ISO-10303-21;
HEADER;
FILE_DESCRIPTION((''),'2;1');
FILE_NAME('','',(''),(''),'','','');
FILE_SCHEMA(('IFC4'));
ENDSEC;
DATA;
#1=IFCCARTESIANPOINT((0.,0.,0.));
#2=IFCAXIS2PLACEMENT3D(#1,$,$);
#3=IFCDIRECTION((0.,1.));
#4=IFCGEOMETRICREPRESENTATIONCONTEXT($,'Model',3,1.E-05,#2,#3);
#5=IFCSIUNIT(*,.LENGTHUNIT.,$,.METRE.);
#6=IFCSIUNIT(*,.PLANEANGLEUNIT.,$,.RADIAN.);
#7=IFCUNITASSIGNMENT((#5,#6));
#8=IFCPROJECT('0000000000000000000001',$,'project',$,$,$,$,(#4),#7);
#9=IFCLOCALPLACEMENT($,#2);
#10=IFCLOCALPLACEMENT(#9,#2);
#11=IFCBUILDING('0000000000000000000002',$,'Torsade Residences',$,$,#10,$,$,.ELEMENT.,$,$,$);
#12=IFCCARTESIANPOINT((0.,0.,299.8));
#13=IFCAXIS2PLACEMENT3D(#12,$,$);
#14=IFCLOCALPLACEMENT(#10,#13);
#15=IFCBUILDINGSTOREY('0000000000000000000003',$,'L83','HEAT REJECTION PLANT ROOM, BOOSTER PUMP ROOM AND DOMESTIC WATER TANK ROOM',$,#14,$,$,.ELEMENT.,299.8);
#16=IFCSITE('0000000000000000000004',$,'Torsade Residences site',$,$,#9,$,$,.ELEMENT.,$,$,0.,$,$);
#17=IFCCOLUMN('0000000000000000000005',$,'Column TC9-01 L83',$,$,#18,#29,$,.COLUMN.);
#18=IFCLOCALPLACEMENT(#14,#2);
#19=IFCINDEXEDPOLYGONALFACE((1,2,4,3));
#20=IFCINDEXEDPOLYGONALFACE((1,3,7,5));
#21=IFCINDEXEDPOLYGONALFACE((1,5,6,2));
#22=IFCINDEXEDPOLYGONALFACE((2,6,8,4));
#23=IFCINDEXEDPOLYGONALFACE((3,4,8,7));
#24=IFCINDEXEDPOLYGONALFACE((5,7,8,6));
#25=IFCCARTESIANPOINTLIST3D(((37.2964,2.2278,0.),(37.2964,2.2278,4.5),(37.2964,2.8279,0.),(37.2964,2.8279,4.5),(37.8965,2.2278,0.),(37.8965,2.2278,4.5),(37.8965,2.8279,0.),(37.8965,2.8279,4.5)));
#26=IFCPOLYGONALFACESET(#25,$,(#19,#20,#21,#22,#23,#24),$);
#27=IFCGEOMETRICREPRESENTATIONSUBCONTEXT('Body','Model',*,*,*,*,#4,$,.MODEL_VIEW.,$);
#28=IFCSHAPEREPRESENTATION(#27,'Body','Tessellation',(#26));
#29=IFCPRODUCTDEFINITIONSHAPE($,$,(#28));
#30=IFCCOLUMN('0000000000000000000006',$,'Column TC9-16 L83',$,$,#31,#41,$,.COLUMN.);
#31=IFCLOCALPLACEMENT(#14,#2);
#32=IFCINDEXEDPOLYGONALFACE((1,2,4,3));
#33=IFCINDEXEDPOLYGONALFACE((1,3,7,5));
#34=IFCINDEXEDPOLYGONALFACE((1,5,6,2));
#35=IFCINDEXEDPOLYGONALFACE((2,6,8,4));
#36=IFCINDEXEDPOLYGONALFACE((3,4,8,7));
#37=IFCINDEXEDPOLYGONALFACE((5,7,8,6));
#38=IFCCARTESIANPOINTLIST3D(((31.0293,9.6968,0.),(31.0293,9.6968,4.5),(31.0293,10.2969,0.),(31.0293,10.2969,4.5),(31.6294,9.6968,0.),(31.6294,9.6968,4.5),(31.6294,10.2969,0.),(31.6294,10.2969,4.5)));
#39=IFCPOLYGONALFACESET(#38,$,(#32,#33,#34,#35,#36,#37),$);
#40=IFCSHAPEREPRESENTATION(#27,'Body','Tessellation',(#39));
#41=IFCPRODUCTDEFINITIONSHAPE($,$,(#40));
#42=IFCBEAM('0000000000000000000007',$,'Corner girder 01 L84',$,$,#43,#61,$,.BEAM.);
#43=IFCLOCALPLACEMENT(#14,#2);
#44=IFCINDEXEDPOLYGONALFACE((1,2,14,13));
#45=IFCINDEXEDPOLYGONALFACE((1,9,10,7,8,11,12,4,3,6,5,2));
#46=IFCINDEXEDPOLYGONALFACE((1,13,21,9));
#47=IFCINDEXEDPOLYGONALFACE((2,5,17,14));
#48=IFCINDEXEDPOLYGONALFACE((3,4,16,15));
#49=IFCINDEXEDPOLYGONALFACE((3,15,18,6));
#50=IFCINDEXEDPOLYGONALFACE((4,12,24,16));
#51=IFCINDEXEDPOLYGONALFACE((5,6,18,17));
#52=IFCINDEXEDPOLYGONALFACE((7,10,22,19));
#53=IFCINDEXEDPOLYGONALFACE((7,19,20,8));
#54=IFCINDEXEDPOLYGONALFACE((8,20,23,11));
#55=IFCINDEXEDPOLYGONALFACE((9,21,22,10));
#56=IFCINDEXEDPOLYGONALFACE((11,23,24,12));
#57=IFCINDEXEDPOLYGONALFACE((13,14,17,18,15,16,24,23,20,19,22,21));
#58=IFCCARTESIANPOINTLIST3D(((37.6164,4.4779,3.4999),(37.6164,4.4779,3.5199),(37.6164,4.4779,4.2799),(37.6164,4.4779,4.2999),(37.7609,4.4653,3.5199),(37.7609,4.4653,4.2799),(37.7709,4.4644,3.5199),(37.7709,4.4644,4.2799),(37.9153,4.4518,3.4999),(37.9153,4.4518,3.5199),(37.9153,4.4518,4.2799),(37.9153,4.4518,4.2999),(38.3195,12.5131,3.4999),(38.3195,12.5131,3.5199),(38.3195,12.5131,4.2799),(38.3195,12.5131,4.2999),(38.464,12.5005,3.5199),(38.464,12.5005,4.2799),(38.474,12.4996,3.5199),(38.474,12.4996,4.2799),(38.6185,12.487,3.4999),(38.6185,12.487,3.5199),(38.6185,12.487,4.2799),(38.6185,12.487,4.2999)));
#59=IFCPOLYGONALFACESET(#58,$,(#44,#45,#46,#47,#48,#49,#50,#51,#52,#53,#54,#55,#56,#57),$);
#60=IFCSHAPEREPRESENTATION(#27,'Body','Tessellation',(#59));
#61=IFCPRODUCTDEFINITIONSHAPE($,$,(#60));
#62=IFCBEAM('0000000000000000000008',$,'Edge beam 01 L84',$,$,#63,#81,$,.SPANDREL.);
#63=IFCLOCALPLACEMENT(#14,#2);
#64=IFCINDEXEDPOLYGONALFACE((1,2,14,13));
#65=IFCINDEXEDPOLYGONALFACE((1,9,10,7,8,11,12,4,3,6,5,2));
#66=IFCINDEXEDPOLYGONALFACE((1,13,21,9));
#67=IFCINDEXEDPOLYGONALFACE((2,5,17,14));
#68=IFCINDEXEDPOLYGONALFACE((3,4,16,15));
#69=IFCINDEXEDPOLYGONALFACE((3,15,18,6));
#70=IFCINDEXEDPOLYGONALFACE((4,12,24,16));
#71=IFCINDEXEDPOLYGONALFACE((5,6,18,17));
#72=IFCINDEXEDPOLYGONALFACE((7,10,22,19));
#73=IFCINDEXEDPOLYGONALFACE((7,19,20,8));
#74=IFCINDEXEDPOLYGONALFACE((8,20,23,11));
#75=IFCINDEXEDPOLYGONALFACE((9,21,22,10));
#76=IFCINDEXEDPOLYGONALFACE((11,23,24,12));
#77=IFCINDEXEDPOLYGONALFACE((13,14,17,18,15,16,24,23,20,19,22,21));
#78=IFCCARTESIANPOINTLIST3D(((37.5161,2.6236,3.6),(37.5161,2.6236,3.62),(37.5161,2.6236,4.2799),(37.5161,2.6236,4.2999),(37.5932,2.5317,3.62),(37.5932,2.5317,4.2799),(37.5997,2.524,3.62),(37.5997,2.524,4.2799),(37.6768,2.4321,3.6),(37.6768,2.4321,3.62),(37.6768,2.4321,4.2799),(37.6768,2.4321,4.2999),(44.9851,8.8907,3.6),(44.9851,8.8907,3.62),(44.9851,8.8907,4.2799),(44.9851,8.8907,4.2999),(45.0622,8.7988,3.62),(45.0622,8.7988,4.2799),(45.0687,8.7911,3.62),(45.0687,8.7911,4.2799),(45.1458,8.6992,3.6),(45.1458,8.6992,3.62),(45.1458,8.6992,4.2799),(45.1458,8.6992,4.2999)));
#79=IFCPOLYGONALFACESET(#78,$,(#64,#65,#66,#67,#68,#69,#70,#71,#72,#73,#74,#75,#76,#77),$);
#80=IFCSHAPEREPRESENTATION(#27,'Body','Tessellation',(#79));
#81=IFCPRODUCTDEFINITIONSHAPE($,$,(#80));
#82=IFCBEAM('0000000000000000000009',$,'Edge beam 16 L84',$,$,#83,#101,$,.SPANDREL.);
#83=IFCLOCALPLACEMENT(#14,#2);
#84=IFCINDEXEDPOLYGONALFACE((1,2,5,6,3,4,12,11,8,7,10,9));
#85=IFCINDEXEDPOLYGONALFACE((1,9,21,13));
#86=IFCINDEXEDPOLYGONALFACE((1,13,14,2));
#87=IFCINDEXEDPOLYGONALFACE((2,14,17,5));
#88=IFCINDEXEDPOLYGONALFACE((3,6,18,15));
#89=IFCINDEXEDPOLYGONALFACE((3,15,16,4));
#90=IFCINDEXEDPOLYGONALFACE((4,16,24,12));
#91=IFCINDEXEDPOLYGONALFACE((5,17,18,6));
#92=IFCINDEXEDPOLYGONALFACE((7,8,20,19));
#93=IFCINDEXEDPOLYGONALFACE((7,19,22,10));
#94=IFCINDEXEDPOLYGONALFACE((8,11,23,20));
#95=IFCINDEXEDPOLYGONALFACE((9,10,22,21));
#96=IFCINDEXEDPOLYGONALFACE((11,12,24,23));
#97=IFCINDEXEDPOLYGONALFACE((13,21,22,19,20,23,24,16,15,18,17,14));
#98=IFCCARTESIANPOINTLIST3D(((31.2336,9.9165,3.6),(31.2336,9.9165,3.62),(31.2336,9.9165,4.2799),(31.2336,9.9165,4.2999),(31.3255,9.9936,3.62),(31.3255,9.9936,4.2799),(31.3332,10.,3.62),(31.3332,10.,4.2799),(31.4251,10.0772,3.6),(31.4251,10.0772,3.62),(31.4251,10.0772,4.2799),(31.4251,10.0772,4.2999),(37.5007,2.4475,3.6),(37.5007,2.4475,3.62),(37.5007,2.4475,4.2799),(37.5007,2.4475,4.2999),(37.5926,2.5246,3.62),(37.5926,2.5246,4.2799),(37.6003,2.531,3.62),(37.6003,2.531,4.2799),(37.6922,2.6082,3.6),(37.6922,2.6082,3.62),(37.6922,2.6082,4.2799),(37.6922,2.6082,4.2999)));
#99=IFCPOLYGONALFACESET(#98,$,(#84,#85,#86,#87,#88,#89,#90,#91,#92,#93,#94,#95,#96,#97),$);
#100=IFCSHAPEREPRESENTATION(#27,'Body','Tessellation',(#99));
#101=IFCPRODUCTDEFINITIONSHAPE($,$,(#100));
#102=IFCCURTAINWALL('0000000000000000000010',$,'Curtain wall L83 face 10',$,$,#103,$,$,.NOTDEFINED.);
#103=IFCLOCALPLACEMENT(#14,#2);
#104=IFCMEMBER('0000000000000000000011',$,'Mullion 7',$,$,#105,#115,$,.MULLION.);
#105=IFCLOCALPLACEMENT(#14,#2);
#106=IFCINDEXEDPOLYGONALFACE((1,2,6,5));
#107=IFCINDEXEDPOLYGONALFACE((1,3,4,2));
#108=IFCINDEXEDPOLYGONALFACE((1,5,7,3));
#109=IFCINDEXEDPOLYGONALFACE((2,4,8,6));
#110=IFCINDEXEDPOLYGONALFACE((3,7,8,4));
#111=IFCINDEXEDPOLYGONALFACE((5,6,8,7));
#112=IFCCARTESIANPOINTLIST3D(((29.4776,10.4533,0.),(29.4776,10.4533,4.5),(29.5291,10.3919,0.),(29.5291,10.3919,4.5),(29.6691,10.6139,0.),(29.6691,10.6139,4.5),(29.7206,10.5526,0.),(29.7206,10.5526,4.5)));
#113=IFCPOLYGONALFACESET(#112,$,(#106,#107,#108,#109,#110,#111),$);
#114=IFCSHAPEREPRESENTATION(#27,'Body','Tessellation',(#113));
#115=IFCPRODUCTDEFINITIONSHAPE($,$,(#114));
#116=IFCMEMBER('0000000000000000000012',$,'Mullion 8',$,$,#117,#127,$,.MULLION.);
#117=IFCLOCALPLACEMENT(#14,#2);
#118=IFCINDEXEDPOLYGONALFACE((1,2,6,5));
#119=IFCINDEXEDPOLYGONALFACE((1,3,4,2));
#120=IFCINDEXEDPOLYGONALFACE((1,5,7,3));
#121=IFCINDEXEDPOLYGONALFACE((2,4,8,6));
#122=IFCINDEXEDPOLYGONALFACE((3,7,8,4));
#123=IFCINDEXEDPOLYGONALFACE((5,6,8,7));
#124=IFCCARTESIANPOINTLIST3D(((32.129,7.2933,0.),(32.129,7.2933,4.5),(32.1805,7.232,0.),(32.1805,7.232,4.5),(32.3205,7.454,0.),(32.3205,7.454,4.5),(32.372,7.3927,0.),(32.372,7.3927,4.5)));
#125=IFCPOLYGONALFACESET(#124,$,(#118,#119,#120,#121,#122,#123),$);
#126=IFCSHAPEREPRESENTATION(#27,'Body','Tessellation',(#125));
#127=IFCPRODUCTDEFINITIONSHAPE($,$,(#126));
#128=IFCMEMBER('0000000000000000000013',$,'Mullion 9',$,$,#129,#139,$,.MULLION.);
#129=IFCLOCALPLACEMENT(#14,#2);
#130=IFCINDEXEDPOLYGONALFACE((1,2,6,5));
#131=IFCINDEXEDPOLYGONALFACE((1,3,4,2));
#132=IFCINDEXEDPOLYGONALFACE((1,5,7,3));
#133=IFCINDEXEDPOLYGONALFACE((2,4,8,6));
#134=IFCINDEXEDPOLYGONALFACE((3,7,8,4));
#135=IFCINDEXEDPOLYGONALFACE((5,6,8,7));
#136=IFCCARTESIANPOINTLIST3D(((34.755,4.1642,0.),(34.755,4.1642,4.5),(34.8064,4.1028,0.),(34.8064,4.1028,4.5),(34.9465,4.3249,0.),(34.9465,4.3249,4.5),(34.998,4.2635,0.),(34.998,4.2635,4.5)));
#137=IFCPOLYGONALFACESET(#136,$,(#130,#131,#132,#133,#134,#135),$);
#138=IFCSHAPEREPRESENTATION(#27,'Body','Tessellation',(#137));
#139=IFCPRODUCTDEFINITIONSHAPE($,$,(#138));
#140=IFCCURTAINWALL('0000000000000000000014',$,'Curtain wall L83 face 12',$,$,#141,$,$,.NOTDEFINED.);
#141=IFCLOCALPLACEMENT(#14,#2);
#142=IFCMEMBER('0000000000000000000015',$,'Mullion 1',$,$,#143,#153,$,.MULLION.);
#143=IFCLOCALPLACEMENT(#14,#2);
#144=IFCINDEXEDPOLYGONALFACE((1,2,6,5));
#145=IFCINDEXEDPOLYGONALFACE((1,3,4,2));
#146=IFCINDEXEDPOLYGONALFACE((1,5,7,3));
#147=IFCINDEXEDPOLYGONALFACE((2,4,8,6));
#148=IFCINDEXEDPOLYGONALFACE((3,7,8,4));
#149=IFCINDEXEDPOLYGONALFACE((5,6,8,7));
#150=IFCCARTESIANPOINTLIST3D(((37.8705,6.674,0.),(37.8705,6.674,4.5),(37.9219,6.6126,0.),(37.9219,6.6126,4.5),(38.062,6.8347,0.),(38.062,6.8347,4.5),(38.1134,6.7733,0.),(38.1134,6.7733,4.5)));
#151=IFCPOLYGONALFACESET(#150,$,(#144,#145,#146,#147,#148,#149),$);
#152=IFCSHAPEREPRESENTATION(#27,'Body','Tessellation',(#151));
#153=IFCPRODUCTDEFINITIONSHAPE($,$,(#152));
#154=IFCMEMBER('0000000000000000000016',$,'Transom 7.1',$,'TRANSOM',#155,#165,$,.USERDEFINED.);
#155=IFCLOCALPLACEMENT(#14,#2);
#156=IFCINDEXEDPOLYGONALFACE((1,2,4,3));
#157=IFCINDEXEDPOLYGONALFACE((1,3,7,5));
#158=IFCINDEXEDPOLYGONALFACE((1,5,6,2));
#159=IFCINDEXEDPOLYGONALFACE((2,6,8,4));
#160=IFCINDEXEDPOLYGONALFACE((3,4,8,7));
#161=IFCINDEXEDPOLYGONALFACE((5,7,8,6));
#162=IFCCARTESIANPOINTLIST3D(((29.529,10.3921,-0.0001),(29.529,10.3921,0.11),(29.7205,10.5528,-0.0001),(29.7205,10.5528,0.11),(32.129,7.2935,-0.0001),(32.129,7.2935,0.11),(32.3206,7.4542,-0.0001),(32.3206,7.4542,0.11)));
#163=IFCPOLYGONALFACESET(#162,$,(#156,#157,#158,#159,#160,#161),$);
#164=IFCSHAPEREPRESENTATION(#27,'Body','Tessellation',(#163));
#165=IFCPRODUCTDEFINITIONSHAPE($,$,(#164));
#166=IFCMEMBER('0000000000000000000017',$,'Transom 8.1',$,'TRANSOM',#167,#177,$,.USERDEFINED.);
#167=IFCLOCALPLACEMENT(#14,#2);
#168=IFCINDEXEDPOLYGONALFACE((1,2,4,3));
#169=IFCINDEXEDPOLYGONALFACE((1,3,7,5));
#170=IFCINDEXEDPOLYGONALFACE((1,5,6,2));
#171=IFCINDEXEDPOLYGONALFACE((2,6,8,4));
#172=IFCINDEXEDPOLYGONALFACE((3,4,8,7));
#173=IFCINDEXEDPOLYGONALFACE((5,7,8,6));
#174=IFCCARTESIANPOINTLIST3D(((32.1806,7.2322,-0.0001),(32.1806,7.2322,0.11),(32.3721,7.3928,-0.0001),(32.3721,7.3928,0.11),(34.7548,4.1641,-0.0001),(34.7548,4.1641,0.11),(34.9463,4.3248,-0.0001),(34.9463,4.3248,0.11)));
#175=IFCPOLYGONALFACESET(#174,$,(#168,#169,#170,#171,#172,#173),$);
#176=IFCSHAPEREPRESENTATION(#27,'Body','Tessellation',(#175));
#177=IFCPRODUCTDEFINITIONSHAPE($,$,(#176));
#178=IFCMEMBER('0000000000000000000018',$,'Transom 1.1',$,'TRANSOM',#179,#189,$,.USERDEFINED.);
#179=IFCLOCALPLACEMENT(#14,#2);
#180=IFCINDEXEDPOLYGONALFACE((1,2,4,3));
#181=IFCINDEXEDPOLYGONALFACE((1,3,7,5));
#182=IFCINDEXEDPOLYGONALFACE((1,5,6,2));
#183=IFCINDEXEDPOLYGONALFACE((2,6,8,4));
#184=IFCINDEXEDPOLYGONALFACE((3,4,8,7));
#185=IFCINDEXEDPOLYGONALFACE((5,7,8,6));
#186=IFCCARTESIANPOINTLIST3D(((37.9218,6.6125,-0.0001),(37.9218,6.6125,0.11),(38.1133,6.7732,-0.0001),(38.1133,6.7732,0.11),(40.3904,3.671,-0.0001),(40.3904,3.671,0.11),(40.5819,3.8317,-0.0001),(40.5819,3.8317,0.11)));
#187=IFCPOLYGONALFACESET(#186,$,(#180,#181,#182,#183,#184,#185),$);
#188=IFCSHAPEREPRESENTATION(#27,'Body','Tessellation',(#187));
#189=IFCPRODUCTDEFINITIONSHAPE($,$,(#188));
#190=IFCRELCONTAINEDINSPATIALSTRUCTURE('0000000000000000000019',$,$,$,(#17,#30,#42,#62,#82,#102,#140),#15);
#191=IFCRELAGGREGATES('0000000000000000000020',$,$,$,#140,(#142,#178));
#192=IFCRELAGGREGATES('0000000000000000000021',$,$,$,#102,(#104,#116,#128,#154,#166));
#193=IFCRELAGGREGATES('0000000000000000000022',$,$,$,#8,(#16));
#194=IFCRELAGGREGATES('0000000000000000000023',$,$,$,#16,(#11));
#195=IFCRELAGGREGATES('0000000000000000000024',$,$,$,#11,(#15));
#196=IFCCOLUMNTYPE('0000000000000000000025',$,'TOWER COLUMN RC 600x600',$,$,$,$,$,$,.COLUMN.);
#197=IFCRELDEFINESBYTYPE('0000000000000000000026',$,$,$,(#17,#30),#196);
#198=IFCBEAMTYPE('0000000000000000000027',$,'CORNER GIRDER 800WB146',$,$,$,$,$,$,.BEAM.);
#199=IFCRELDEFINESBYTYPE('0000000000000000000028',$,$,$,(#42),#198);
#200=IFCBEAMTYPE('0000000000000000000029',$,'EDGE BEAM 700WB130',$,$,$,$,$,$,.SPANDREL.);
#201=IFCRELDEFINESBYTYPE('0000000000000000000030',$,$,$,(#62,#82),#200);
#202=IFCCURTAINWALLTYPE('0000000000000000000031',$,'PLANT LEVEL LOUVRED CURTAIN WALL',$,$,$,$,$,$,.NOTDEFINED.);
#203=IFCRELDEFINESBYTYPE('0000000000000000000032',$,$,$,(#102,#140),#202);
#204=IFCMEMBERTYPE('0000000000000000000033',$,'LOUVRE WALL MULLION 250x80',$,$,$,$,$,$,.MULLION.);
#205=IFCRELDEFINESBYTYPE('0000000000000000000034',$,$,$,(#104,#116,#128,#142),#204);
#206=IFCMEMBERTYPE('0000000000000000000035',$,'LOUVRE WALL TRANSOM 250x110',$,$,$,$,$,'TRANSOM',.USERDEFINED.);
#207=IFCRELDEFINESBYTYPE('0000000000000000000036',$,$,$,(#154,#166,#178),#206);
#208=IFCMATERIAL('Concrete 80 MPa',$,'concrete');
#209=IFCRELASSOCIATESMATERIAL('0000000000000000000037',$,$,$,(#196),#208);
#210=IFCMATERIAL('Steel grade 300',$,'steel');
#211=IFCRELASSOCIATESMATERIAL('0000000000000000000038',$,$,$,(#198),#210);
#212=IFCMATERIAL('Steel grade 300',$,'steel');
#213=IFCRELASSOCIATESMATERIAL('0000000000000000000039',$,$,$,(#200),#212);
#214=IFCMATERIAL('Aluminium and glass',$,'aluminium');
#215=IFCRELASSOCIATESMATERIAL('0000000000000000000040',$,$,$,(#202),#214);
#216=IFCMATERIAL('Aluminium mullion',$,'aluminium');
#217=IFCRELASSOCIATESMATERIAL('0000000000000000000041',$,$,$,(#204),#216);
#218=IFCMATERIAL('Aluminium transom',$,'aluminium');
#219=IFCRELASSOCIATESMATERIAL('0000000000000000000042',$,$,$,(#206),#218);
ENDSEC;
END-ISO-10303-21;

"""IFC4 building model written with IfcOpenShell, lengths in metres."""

from ifc_helpers import new_model, si_unit, direction, frame, origin, origin_2d, place, context, subcontext, project, spatial, rectangle, i_section, extrude, material, material_profile, profile_set, type_object, element, aggregate, save


model = new_model("IFC4")

# Units and contexts
model_context = context("Model", 3, precision=1e-05, world=origin(), true_north=direction((0.0, 1.0)))
body_context = subcontext(model_context, "Body", "Model", "MODEL_VIEW")
ifc_project = project(units=[si_unit("LENGTHUNIT", "METRE"), si_unit("PLANEANGLEUNIT", "RADIAN")], contexts=[model_context])

# Site, building, storey
site_placement = place(None, origin())
site = spatial("IfcSite", under=ifc_project, at=site_placement, Name="Torsade Residences site", CompositionType="ELEMENT", RefElevation=0.0)
building_placement = place(site_placement, origin())
building = spatial("IfcBuilding", under=site, at=building_placement, Name="Torsade Residences", CompositionType="ELEMENT")
storey_placement = place(building_placement, frame((0.0, 0.0, 299.8)))
storey = spatial("IfcBuildingStorey", under=building, at=storey_placement, Name="L83", Description="HEAT REJECTION PLANT ROOM, BOOSTER PUMP ROOM AND DOMESTIC WATER TANK ROOM", CompositionType="ELEMENT", Elevation=299.8)

# Columns
ifc_material_1 = material(Name="Concrete 80 MPa", Category="concrete")
ifc_material_profile_1 = material_profile(ifc_material_1, rectangle(XDim=0.6001, YDim=0.6001, at=origin_2d()), Name="RC 600x600")
ifc_profile_set_1 = profile_set([ifc_material_profile_1], Name="Concrete 80 MPa")
column_type = type_object("IfcColumnType", Name="TOWER COLUMN RC 600x600", PredefinedType="COLUMN", material=ifc_profile_set_1)
for number, where, z_axis, x_axis, name in (
    (1, (37.5964, 2.5278, 0.0), (0.0, 0.0, 1.0), (1.0, 0.0, 0.0), "Column TC9-01 L83"),
    (2, (31.3293, 9.9968, 0.0), (0.0, 0.0, 1.0), (1.0, 0.0, 0.0), "Column TC9-16 L83"),
):
    element("IfcColumn", number, at=place(storey_placement, frame(where, z_axis=z_axis, x_axis=x_axis)), inside=storey, type_object=column_type, Name=name, PredefinedType="COLUMN", context=body_context, shape_type="SweptSolid", body=[
        extrude(rectangle(XDim=0.6001, YDim=0.6001, at=origin_2d()), origin(), (0.0, 0.0, 1.0), 4.5),
    ])

# Beams
ifc_material_2 = material(Name="Steel grade 300", Category="steel")
ifc_material_profile_2 = material_profile(ifc_material_2, i_section(OverallWidth=0.3, OverallDepth=0.8, WebThickness=0.01, FlangeThickness=0.02, at=origin_2d()), Name="800WB146")
ifc_profile_set_2 = profile_set([ifc_material_profile_2], Name="Steel grade 300")
beam_type_1 = type_object("IfcBeamType", Name="CORNER GIRDER 800WB146", PredefinedType="BEAM", material=ifc_profile_set_2)
beam_1_placement = place(storey_placement, frame((37.7659, 4.4648, 3.8999), z_axis=(0.087173, 0.996193, 0.0), x_axis=(-0.996193, 0.087173, 0.0)))
element("IfcBeam", 3, at=beam_1_placement, inside=storey, type_object=beam_type_1, Name="Corner girder 01 L84", PredefinedType="BEAM", context=body_context, shape_type="SweptSolid", body=[
    extrude(i_section(OverallWidth=0.3, OverallDepth=0.8, WebThickness=0.01, FlangeThickness=0.02, at=origin_2d()), origin(), (0.0, 0.0, 1.0), 8.0659),
])
ifc_material_3 = material(Name="Steel grade 300", Category="steel")
ifc_material_profile_3 = material_profile(ifc_material_3, i_section(OverallWidth=0.25, OverallDepth=0.7, WebThickness=0.01, FlangeThickness=0.02, at=origin_2d()), Name="700WB130")
ifc_profile_set_3 = profile_set([ifc_material_profile_3], Name="Steel grade 300")
beam_type_2 = type_object("IfcBeamType", Name="EDGE BEAM 700WB130", PredefinedType="SPANDREL", material=ifc_profile_set_3)
for number, where, z_axis, x_axis, name in (
    (4, (37.5964, 2.5278, 3.95), (0.766052, 0.642779, 0.0), (-0.642779, 0.766052, 0.0), "Edge beam 01 L84"),
    (5, (31.3293, 9.9968, 3.95), (0.642779, -0.766052, 0.0), (0.766052, 0.642779, 0.0), "Edge beam 16 L84"),
):
    element("IfcBeam", number, at=place(storey_placement, frame(where, z_axis=z_axis, x_axis=x_axis)), inside=storey, type_object=beam_type_2, Name=name, PredefinedType="SPANDREL", context=body_context, shape_type="SweptSolid", body=[
        extrude(i_section(OverallWidth=0.25, OverallDepth=0.7, WebThickness=0.01, FlangeThickness=0.02, at=origin_2d()), origin(), (0.0, 0.0, 1.0), 9.75),
    ])

# Curtain wall, members
ifc_material_4 = material(Name="Aluminium and glass", Category="aluminium")
curtain_wall_type = type_object("IfcCurtainWallType", Name="PLANT LEVEL LOUVRED CURTAIN WALL", PredefinedType="NOTDEFINED", material=ifc_material_4)
curtain_wall_1_placement = place(storey_placement, origin())
curtain_wall_1 = element("IfcCurtainWall", 6, at=curtain_wall_1_placement, inside=storey, type_object=curtain_wall_type, Name="Curtain wall L83 face 10", PredefinedType="NOTDEFINED")
ifc_material_5 = material(Name="Aluminium mullion", Category="aluminium")
ifc_material_profile_4 = material_profile(ifc_material_5, rectangle(XDim=0.25, YDim=0.0801, at=origin_2d()), Name="LOUVRE WALL MULLION 250x80")
ifc_profile_set_4 = profile_set([ifc_material_profile_4], Name="Aluminium mullion")
member_type_1 = type_object("IfcMemberType", Name="LOUVRE WALL MULLION 250x80", PredefinedType="MULLION", material=ifc_profile_set_4)
member_1_placement = place(storey_placement, frame((29.5991, 10.5029, 0.0), z_axis=(0.0, 0.0, 1.0), x_axis=(0.766044, 0.642788, 0.0)))
member_1 = element("IfcMember", 7, at=member_1_placement, type_object=member_type_1, Name="Mullion 7", PredefinedType="MULLION", context=body_context, shape_type="SweptSolid", body=[
    extrude(rectangle(XDim=0.25, YDim=0.0801, at=origin_2d()), origin(), (0.0, 0.0, 1.0), 4.5),
])
member_2_placement = place(storey_placement, frame((32.2505, 7.343, 0.0), z_axis=(0.0, 0.0, 1.0), x_axis=(0.766044, 0.642788, 0.0)))
member_2 = element("IfcMember", 8, at=member_2_placement, type_object=member_type_1, Name="Mullion 8", PredefinedType="MULLION", context=body_context, shape_type="SweptSolid", body=[
    extrude(rectangle(XDim=0.25, YDim=0.0801, at=origin_2d()), origin(), (0.0, 0.0, 1.0), 4.5),
])
member_3_placement = place(storey_placement, frame((34.8765, 4.2139, 0.0), z_axis=(0.0, 0.0, 1.0), x_axis=(0.766044, 0.642788, 0.0)))
member_3 = element("IfcMember", 9, at=member_3_placement, type_object=member_type_1, Name="Mullion 9", PredefinedType="MULLION", context=body_context, shape_type="SweptSolid", body=[
    extrude(rectangle(XDim=0.25, YDim=0.0801, at=origin_2d()), origin(), (0.0, 0.0, 1.0), 4.5),
])

# Curtain wall, member
curtain_wall_2_placement = place(storey_placement, origin())
curtain_wall_2 = element("IfcCurtainWall", 10, at=curtain_wall_2_placement, inside=storey, type_object=curtain_wall_type, Name="Curtain wall L83 face 12", PredefinedType="NOTDEFINED")
member_4_placement = place(storey_placement, frame((37.9919, 6.7236, 0.0), z_axis=(0.0, 0.0, 1.0), x_axis=(0.766044, 0.642788, 0.0)))
member_4 = element("IfcMember", 11, at=member_4_placement, type_object=member_type_1, Name="Mullion 1", PredefinedType="MULLION", context=body_context, shape_type="SweptSolid", body=[
    extrude(rectangle(XDim=0.25, YDim=0.0801, at=origin_2d()), origin(), (0.0, 0.0, 1.0), 4.5),
])

# Members
ifc_material_6 = material(Name="Aluminium transom", Category="aluminium")
ifc_material_profile_5 = material_profile(ifc_material_6, rectangle(XDim=0.25, YDim=0.1101, at=origin_2d()), Name="LOUVRE WALL TRANSOM 250x110")
ifc_profile_set_5 = profile_set([ifc_material_profile_5], Name="Aluminium transom")
member_type_2 = type_object("IfcMemberType", Name="LOUVRE WALL TRANSOM 250x110", ElementType="TRANSOM", PredefinedType="USERDEFINED", material=ifc_profile_set_5)
member_5_placement = place(storey_placement, frame((29.6248, 10.4724, 0.0549), z_axis=(0.642793, -0.76604, 0.0), x_axis=(0.76604, 0.642793, 0.0)))
member_5 = element("IfcMember", 12, at=member_5_placement, type_object=member_type_2, Name="Transom 7.1", ObjectType="TRANSOM", PredefinedType="USERDEFINED", context=body_context, shape_type="SweptSolid", body=[
    extrude(rectangle(XDim=0.25, YDim=0.1101, at=origin_2d()), origin(), (0.0, 0.0, 1.0), 4.0449),
])
member_6_placement = place(storey_placement, frame((32.2764, 7.3125, 0.0549), z_axis=(0.642753, -0.766073, 0.0), x_axis=(0.766073, 0.642753, 0.0)))
member_6 = element("IfcMember", 13, at=member_6_placement, type_object=member_type_2, Name="Transom 8.1", ObjectType="TRANSOM", PredefinedType="USERDEFINED", context=body_context, shape_type="SweptSolid", body=[
    extrude(rectangle(XDim=0.25, YDim=0.1101, at=origin_2d()), origin(), (0.0, 0.0, 1.0), 4.0049),
])
member_7_placement = place(storey_placement, frame((38.0176, 6.6929, 0.0549), z_axis=(0.642845, -0.765997, 0.0), x_axis=(0.765997, 0.642845, 0.0)))
member_7 = element("IfcMember", 14, at=member_7_placement, type_object=member_type_2, Name="Transom 1.1", ObjectType="TRANSOM", PredefinedType="USERDEFINED", context=body_context, shape_type="SweptSolid", body=[
    extrude(rectangle(XDim=0.25, YDim=0.1101, at=origin_2d()), origin(), (0.0, 0.0, 1.0), 3.8401),
])
aggregate(curtain_wall_2, [member_4, member_7])

aggregate(curtain_wall_1, [member_1, member_2, member_3, member_5, member_6])

save(model, "model.ifc")
